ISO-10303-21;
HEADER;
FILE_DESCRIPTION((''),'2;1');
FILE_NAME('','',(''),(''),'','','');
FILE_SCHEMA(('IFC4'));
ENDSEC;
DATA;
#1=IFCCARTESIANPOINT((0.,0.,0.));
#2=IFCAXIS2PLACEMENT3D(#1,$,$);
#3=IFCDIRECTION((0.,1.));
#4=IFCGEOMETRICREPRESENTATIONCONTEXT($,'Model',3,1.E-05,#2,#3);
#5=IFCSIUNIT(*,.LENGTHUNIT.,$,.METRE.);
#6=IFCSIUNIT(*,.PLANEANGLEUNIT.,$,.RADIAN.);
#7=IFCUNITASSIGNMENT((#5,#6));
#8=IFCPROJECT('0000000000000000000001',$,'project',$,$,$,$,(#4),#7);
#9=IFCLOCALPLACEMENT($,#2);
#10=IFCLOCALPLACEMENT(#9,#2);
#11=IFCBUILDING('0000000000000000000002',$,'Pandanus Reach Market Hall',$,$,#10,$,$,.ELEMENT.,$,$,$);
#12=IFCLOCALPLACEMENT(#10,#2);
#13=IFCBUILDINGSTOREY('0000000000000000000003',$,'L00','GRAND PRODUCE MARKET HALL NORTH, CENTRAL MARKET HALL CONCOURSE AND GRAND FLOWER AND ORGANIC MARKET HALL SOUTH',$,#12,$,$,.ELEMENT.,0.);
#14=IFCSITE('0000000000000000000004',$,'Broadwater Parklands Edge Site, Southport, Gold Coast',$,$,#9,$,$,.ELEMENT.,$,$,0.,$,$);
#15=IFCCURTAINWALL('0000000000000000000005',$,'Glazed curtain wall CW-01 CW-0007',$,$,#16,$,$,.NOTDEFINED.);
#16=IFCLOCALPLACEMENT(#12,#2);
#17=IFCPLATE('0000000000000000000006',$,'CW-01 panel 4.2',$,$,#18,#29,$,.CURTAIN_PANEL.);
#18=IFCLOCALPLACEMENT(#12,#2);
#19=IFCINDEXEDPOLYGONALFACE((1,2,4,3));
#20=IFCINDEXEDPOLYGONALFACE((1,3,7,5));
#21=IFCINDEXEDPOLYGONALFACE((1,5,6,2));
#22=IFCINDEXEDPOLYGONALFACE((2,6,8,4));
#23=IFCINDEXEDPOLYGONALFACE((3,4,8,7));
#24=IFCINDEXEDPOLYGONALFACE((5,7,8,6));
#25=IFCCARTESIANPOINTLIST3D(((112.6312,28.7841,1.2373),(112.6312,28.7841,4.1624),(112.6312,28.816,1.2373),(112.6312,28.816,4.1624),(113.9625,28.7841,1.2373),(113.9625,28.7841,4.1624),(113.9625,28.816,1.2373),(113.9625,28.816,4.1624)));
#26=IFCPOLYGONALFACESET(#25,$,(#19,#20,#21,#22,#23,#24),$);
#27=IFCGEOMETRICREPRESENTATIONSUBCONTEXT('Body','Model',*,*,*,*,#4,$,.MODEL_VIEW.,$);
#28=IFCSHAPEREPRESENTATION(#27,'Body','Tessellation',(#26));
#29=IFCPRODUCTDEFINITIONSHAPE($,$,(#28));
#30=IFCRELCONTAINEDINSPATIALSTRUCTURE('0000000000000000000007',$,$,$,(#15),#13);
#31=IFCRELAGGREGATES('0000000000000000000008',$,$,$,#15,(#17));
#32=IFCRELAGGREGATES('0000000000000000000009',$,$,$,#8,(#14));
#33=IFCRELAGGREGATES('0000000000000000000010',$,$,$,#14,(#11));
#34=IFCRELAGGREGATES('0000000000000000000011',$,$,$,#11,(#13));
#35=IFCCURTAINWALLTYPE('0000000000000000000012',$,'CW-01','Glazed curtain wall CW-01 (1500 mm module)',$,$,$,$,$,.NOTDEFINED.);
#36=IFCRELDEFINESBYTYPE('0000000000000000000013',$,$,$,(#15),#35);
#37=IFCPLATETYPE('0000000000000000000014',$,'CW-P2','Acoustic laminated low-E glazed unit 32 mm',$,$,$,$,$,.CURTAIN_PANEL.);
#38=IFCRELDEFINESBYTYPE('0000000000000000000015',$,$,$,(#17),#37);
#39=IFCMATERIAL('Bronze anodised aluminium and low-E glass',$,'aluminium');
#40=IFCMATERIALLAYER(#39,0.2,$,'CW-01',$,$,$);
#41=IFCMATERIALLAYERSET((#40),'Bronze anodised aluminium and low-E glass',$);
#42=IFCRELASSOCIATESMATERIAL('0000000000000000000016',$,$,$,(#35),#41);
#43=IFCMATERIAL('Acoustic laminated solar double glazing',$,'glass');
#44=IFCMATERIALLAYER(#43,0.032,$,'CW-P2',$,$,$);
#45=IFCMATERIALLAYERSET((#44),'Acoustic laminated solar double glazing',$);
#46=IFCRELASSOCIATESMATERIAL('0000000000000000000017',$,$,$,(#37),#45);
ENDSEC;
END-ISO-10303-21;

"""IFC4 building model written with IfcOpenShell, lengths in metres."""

from ifc_helpers import new_model, si_unit, direction, frame, origin, origin_2d, place, context, subcontext, project, spatial, rectangle, extrude, material, layer, layer_set, type_object, element, aggregate, save


model = new_model("IFC4")

# Units and contexts
model_context = context("Model", 3, precision=1e-05, world=origin(), true_north=direction((0.0, 1.0)))
body_context = subcontext(model_context, "Body", "Model", "MODEL_VIEW")
ifc_project = project(units=[si_unit("LENGTHUNIT", "METRE"), si_unit("PLANEANGLEUNIT", "RADIAN")], contexts=[model_context])

# Site, building, storey
site_placement = place(None, origin())
site = spatial("IfcSite", under=ifc_project, at=site_placement, Name="Broadwater Parklands Edge Site, Southport, Gold Coast", CompositionType="ELEMENT", RefElevation=0.0)
building_placement = place(site_placement, origin())
building = spatial("IfcBuilding", under=site, at=building_placement, Name="Pandanus Reach Market Hall", CompositionType="ELEMENT")
storey_placement = place(building_placement, origin())
storey = spatial("IfcBuildingStorey", under=building, at=storey_placement, Name="L00", Description="GRAND PRODUCE MARKET HALL NORTH, CENTRAL MARKET HALL CONCOURSE AND GRAND FLOWER AND ORGANIC MARKET HALL SOUTH", CompositionType="ELEMENT", Elevation=0.0)

# Curtain wall
ifc_material_1 = material(Name="Bronze anodised aluminium and low-E glass", Category="aluminium")
ifc_layer_1 = layer(ifc_material_1, 0.2, Name="CW-01")
ifc_layer_set_1 = layer_set([ifc_layer_1], Name="Bronze anodised aluminium and low-E glass")
curtain_wall_type = type_object("IfcCurtainWallType", Name="CW-01", Description="Glazed curtain wall CW-01 (1500 mm module)", PredefinedType="NOTDEFINED", material=ifc_layer_set_1)
curtain_wall_placement = place(storey_placement, origin())
curtain_wall = element("IfcCurtainWall", 1, at=curtain_wall_placement, inside=storey, type_object=curtain_wall_type, Name="Glazed curtain wall CW-01 CW-0007", PredefinedType="NOTDEFINED")

# Plate
ifc_material_2 = material(Name="Acoustic laminated solar double glazing", Category="glass")
ifc_layer_2 = layer(ifc_material_2, 0.032, Name="CW-P2")
ifc_layer_set_2 = layer_set([ifc_layer_2], Name="Acoustic laminated solar double glazing")
plate_type_1 = type_object("IfcPlateType", Name="CW-P2", Description="Acoustic laminated low-E glazed unit 32 mm", PredefinedType="CURTAIN_PANEL", material=ifc_layer_set_2)
plate_1_placement = place(storey_placement, frame((113.2969, 28.8, 1.2373), z_axis=(0.0, 0.0, 1.0), x_axis=(1.0, 0.0, 0.0)))
plate_1 = element("IfcPlate", 2, at=plate_1_placement, type_object=plate_type_1, Name="CW-01 panel 4.2", PredefinedType="CURTAIN_PANEL", context=body_context, shape_type="SweptSolid", body=[
    extrude(rectangle(XDim=1.3313, YDim=0.032, at=origin_2d()), origin(), (0.0, 0.0, 1.0), 2.925),
])
aggregate(curtain_wall, [plate_1])

save(model, "model.ifc")
